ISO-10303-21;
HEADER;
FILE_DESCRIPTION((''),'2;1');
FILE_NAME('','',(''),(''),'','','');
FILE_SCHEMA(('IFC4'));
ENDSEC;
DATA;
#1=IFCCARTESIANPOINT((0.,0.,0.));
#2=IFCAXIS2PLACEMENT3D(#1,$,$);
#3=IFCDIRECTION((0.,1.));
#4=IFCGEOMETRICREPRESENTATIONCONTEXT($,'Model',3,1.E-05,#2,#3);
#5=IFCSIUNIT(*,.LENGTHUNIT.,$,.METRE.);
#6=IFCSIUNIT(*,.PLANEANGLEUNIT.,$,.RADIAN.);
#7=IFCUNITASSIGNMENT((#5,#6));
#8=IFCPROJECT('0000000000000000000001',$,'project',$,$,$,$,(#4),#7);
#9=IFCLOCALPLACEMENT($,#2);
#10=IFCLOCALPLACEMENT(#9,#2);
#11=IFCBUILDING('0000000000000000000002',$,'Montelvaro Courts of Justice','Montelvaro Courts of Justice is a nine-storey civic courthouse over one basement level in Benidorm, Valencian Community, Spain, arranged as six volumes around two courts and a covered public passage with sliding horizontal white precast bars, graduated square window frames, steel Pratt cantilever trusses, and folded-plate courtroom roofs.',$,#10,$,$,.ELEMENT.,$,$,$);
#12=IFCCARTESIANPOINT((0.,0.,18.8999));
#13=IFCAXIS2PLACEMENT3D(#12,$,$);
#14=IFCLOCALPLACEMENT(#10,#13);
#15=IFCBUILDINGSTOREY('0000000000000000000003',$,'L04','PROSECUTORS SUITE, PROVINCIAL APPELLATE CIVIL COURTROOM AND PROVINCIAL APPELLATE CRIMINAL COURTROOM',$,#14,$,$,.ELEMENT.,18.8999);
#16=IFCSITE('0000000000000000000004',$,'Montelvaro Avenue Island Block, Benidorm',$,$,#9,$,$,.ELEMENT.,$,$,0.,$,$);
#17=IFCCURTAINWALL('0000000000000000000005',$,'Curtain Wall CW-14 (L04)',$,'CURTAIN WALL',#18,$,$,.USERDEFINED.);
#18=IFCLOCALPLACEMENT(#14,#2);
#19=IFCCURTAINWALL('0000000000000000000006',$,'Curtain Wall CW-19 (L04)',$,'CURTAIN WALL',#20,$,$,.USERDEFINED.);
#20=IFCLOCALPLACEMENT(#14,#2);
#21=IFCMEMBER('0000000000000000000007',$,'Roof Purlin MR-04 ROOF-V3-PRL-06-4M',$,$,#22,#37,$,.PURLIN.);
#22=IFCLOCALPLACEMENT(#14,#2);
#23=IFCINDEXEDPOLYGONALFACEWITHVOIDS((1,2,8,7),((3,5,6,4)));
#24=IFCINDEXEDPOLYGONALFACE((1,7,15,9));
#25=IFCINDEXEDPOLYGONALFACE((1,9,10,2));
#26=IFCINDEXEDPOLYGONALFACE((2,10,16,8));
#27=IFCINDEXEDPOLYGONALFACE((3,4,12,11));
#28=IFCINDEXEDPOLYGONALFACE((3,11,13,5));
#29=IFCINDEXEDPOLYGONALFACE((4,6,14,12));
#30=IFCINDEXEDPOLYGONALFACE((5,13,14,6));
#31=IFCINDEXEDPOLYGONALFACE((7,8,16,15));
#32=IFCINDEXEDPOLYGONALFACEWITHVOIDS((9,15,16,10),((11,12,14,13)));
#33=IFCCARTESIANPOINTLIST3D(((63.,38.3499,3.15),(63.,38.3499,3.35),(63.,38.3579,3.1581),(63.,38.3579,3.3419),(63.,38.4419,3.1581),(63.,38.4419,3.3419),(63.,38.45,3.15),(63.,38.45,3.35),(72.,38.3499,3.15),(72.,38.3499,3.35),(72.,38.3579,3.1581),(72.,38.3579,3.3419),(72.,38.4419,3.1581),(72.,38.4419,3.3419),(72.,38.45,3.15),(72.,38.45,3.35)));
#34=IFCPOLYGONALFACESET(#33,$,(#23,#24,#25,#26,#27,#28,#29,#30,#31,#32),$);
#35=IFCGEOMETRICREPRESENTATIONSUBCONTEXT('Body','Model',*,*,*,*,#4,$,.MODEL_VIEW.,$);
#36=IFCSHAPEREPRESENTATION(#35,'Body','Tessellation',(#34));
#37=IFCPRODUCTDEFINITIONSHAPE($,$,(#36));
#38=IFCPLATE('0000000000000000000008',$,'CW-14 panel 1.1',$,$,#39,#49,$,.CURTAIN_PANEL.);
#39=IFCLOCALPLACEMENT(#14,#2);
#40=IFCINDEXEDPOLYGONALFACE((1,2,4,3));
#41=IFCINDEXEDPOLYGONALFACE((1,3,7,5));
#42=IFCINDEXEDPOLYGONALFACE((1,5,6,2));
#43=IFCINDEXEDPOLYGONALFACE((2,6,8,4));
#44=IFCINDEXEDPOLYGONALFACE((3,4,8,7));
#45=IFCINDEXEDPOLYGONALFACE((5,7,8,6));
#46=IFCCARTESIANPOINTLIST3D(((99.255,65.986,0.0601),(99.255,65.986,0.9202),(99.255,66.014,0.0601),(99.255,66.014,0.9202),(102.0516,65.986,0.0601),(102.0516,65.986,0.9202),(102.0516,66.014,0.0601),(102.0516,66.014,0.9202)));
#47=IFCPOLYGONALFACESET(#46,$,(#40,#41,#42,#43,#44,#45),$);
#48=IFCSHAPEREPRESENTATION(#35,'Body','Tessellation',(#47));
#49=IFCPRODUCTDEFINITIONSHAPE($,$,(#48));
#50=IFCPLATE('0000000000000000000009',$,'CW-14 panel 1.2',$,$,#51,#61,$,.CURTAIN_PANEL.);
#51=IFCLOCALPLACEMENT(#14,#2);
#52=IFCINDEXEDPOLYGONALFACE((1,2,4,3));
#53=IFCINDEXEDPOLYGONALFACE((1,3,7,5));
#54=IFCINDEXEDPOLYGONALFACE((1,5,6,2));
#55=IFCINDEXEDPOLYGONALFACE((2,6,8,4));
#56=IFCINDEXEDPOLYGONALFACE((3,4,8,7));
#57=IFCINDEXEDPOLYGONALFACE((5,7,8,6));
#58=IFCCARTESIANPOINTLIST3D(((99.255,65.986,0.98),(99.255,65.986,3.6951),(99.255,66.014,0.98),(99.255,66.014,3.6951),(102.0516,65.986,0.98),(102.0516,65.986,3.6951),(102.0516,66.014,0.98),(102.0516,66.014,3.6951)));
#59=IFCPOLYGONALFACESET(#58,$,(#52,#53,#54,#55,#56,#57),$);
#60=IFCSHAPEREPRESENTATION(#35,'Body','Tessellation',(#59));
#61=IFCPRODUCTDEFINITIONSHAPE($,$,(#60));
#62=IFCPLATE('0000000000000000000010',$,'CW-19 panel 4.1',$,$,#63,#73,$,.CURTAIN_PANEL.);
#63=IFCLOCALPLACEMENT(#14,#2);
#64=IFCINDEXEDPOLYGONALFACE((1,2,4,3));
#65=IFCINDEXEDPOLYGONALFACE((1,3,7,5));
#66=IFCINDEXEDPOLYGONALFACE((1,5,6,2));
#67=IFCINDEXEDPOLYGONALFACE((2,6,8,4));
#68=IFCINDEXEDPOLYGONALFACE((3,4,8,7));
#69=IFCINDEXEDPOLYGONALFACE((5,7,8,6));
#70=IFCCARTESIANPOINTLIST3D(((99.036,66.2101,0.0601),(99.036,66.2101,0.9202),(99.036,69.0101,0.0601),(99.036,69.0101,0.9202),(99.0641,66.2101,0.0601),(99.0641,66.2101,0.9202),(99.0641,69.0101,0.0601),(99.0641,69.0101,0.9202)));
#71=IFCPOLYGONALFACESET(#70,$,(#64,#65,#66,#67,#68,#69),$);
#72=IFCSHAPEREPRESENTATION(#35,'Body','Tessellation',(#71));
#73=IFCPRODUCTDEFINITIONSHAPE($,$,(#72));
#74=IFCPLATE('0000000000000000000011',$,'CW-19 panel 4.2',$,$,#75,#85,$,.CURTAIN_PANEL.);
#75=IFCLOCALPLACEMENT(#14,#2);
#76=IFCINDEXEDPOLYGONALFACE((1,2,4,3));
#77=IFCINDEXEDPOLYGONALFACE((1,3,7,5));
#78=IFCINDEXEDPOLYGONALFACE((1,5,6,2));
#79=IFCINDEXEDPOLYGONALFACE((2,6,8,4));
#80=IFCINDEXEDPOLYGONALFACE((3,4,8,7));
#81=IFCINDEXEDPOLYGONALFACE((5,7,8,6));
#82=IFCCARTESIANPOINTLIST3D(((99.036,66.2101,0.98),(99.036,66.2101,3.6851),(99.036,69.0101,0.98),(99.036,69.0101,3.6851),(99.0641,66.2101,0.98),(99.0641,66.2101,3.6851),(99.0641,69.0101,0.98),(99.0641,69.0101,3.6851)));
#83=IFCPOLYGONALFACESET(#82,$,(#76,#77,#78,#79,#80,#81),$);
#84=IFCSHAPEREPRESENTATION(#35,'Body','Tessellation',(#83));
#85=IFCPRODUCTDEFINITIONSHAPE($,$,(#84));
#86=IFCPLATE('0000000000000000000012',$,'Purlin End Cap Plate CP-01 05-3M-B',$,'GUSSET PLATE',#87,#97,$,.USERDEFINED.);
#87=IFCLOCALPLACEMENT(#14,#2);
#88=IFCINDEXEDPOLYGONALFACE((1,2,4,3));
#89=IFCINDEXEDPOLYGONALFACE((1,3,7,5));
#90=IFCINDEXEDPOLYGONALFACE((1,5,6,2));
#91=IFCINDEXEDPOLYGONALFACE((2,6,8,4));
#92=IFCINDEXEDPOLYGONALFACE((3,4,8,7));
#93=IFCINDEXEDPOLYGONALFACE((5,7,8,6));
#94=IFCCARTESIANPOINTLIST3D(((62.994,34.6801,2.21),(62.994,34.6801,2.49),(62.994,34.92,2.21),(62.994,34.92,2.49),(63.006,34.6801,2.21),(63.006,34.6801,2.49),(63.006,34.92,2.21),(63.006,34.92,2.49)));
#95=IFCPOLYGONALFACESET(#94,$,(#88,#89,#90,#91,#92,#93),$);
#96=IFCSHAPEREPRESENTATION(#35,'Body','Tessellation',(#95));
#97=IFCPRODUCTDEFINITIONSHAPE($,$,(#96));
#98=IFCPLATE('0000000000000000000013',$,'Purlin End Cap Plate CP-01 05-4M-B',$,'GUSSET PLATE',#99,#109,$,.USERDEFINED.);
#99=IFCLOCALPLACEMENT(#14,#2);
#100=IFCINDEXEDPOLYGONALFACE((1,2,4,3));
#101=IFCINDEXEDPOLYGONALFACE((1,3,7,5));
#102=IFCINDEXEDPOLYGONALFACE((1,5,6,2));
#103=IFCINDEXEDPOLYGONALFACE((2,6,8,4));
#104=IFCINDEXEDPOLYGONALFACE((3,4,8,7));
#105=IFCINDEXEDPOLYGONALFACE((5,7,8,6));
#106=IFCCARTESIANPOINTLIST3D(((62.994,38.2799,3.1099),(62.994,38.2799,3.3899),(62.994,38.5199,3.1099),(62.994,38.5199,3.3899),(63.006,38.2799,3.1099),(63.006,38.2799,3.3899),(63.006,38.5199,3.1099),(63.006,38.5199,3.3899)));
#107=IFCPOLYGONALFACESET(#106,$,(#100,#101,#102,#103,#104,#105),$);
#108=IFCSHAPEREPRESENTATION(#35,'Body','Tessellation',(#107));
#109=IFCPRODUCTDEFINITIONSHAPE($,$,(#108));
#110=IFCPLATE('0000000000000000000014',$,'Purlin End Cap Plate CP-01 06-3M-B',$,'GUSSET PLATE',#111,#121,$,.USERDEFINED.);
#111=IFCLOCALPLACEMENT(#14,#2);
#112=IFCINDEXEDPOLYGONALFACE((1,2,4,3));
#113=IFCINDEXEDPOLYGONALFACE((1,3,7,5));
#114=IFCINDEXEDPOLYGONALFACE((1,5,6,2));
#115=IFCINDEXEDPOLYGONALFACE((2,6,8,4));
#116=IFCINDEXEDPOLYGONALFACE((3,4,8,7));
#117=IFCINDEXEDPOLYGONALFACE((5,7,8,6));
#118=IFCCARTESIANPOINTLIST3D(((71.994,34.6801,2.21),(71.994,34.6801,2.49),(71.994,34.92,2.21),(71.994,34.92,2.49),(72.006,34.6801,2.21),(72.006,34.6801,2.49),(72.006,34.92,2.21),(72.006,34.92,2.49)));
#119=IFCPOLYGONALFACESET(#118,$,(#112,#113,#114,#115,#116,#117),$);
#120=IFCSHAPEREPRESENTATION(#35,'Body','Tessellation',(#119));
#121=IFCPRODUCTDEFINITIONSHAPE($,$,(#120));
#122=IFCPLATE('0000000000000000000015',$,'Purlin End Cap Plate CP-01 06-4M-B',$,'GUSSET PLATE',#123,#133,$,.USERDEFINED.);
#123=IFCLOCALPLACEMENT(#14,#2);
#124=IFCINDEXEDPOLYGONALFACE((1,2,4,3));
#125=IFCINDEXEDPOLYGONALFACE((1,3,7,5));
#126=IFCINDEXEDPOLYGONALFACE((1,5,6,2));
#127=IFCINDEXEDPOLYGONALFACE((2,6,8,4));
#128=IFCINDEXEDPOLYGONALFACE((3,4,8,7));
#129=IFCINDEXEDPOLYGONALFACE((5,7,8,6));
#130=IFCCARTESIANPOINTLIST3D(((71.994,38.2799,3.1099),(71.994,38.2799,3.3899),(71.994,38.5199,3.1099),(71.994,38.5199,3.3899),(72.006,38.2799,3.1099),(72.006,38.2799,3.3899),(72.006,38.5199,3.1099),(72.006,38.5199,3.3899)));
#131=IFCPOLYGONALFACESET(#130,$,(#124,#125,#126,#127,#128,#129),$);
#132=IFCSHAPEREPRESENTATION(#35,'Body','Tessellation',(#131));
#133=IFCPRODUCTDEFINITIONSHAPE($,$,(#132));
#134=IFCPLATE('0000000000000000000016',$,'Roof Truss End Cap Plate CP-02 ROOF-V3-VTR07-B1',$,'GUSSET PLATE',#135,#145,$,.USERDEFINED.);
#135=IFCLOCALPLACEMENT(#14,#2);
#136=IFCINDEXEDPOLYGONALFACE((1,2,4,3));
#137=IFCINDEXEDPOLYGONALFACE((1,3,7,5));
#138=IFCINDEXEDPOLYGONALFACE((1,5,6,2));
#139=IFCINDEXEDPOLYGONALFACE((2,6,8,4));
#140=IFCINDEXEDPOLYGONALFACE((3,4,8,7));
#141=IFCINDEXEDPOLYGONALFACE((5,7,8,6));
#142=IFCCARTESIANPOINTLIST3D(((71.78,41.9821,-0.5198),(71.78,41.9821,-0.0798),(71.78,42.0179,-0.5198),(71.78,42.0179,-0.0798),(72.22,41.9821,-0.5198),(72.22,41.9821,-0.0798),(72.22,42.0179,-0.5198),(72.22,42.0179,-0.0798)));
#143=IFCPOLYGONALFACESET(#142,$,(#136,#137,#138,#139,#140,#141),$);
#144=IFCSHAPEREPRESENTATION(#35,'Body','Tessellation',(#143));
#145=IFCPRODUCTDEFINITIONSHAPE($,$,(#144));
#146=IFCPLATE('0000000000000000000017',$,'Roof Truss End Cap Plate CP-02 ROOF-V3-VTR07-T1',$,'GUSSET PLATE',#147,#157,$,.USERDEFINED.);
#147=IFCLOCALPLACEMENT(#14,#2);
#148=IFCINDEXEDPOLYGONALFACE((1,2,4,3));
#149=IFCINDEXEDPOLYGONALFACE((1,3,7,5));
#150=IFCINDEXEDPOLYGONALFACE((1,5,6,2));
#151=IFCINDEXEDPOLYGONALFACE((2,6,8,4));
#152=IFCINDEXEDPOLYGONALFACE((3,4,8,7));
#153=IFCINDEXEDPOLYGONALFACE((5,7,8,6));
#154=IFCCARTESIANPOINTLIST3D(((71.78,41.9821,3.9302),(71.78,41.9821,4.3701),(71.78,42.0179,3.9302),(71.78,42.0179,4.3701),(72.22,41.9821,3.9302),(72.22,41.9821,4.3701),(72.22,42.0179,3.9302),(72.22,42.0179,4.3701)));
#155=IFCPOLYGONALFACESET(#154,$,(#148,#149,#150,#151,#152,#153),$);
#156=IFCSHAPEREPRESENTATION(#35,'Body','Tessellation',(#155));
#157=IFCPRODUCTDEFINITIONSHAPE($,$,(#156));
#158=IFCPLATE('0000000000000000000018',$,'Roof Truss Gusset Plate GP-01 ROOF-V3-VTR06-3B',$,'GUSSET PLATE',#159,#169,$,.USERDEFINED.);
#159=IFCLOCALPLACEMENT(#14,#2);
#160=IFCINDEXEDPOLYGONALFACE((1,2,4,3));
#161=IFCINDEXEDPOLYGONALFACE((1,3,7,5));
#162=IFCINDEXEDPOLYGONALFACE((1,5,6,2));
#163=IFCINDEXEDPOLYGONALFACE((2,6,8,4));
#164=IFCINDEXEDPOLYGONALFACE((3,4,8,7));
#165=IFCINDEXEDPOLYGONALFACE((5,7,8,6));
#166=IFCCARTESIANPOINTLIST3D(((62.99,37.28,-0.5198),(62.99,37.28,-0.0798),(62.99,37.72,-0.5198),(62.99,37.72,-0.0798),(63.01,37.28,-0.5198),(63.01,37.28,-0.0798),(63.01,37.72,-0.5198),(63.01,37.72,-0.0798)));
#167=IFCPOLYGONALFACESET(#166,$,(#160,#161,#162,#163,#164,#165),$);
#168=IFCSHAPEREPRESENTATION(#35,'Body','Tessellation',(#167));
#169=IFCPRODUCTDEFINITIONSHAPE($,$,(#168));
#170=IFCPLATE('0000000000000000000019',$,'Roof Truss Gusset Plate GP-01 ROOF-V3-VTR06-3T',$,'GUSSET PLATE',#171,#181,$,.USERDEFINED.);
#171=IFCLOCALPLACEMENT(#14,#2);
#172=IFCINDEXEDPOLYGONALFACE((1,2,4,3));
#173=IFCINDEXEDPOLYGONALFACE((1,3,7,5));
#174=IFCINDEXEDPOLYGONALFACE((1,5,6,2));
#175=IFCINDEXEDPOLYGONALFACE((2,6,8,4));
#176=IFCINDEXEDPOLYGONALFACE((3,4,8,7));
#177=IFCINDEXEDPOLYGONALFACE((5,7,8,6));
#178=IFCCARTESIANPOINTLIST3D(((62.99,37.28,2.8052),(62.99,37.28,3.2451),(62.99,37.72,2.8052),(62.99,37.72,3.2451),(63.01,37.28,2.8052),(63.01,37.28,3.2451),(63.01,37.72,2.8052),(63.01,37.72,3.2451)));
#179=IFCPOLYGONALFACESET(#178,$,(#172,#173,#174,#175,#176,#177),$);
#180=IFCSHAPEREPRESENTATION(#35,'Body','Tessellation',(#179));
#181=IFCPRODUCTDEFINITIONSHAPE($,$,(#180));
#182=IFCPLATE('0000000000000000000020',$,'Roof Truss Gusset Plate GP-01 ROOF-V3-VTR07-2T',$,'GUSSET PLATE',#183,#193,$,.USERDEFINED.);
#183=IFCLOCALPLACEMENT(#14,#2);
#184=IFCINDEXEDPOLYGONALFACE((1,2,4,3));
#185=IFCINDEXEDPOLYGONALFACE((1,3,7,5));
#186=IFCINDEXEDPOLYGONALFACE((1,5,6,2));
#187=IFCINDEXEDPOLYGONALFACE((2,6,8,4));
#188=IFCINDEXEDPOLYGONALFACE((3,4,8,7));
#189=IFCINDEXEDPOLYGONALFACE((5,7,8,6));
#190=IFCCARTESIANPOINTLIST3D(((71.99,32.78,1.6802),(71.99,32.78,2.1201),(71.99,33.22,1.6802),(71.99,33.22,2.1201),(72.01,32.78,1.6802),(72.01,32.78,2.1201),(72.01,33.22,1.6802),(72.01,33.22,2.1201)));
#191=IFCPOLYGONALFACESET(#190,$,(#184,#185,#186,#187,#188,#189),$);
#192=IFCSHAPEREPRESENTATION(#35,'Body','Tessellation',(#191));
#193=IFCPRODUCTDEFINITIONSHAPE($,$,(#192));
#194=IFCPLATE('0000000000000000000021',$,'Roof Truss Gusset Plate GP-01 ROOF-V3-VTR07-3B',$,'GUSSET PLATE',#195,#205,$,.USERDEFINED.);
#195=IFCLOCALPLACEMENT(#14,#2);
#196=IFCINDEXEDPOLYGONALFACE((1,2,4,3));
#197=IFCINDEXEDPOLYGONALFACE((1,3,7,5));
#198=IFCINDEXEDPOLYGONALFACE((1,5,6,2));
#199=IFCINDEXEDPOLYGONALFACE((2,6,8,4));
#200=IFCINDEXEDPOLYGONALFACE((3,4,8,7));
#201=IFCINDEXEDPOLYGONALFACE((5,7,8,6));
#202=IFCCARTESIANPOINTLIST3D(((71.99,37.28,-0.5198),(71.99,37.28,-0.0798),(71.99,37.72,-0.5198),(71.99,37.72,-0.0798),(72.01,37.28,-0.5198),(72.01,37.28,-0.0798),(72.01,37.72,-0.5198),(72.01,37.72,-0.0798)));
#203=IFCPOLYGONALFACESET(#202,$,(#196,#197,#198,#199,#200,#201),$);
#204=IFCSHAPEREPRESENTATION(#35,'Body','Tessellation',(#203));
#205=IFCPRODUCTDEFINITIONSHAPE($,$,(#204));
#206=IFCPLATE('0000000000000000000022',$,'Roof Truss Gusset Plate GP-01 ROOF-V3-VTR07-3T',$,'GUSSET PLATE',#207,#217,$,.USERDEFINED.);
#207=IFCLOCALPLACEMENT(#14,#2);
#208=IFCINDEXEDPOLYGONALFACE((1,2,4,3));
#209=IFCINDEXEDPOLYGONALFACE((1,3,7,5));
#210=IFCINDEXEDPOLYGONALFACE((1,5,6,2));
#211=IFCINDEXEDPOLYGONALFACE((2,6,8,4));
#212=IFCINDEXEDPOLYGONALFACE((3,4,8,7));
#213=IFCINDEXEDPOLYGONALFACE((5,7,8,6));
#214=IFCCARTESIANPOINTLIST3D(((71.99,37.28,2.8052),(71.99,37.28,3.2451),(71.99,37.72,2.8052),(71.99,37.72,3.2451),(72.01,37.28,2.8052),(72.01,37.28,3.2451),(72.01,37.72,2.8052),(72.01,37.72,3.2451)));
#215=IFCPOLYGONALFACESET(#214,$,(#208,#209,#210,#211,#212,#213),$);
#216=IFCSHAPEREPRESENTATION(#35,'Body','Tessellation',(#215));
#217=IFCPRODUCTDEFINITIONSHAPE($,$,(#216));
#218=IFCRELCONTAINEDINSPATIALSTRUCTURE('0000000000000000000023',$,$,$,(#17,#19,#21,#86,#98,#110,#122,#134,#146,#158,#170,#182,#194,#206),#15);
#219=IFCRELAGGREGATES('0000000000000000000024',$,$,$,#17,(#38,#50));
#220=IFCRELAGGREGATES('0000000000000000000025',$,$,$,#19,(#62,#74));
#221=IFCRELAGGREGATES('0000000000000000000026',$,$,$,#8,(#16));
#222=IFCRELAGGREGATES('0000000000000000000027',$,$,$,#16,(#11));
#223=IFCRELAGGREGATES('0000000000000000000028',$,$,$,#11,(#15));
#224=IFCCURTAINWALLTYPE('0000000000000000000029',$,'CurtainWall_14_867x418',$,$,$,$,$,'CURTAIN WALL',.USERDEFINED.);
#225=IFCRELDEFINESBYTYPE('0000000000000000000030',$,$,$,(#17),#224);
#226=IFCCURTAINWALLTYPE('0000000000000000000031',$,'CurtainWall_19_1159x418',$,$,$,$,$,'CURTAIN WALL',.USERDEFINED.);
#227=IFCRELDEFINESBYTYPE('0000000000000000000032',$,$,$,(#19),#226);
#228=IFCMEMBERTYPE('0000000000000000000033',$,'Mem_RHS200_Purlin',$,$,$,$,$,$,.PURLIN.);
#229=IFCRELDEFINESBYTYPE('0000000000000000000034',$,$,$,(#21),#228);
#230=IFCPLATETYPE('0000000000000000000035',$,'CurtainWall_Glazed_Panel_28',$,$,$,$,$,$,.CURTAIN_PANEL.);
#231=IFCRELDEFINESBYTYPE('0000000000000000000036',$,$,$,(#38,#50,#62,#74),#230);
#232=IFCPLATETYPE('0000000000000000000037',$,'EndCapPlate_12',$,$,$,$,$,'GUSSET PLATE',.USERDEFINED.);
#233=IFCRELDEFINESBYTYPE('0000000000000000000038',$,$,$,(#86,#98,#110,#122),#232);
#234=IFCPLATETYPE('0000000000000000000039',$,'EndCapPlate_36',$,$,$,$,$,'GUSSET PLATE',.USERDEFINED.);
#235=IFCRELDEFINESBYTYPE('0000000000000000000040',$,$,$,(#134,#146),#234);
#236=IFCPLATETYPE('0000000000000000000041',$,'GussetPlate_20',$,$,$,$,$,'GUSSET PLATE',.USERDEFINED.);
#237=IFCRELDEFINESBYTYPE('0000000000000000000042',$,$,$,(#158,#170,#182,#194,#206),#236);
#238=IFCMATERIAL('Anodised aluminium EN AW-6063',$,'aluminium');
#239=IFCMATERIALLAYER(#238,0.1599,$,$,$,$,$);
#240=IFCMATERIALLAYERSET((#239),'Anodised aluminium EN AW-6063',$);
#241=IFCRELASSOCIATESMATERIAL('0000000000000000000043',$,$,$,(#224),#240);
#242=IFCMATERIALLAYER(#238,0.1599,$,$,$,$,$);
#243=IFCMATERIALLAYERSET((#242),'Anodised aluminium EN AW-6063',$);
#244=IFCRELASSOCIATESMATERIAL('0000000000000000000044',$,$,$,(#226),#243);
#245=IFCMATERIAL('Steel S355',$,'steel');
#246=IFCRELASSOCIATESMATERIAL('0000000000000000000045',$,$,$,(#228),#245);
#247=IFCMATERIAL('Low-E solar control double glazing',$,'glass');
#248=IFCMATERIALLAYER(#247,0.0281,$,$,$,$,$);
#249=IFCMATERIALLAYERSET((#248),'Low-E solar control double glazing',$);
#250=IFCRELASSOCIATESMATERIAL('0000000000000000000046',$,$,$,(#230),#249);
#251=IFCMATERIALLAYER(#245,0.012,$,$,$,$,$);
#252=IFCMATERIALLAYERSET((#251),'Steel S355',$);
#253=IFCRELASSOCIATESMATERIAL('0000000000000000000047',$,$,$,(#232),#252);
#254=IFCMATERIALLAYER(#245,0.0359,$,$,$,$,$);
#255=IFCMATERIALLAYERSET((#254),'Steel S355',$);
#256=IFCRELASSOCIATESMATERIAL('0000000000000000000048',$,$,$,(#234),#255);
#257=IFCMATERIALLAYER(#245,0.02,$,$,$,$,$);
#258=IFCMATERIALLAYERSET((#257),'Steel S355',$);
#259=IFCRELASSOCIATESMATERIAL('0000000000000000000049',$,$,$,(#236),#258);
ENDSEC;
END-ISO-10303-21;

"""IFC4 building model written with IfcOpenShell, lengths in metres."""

from ifc_helpers import new_model, si_unit, direction, frame, origin, origin_2d, place, context, subcontext, project, spatial, rectangle, hollow_rectangle, extrude, material, layer, layer_set, material_profile, profile_set, type_object, element, aggregate, save


model = new_model("IFC4")

# Units and contexts
model_context = context("Model", 3, precision=1e-05, world=origin(), true_north=direction((0.0, 1.0)))
body_context = subcontext(model_context, "Body", "Model", "MODEL_VIEW")
ifc_project = project(units=[si_unit("LENGTHUNIT", "METRE"), si_unit("PLANEANGLEUNIT", "RADIAN")], contexts=[model_context])

# Site, building, storey
site_placement = place(None, origin())
site = spatial("IfcSite", under=ifc_project, at=site_placement, Name="Montelvaro Avenue Island Block, Benidorm", CompositionType="ELEMENT", RefElevation=0.0)
building_placement = place(site_placement, origin())
building = spatial("IfcBuilding", under=site, at=building_placement, Name="Montelvaro Courts of Justice", Description="Montelvaro Courts of Justice is a nine-storey civic courthouse over one basement level in Benidorm, Valencian Community, Spain, arranged as six volumes around two courts and a covered public passage with sliding horizontal white precast bars, graduated square window frames, steel Pratt cantilever trusses, and folded-plate courtroom roofs.", CompositionType="ELEMENT")
storey_placement = place(building_placement, frame((0.0, 0.0, 18.8999)))
storey = spatial("IfcBuildingStorey", under=building, at=storey_placement, Name="L04", Description="PROSECUTORS SUITE, PROVINCIAL APPELLATE CIVIL COURTROOM AND PROVINCIAL APPELLATE CRIMINAL COURTROOM", CompositionType="ELEMENT", Elevation=18.8999)

# Shared definitions
ifc_material_1 = material(Name="Steel S355", Category="steel")

# Curtain walls
ifc_material_2 = material(Name="Anodised aluminium EN AW-6063", Category="aluminium")
ifc_layer_1 = layer(ifc_material_2, 0.1599)
ifc_layer_set_1 = layer_set([ifc_layer_1], Name="Anodised aluminium EN AW-6063")
curtain_wall_type_1 = type_object("IfcCurtainWallType", Name="CurtainWall_14_867x418", ElementType="CURTAIN WALL", PredefinedType="USERDEFINED", material=ifc_layer_set_1)
curtain_wall_1_placement = place(storey_placement, origin())
curtain_wall_1 = element("IfcCurtainWall", 1, at=curtain_wall_1_placement, inside=storey, type_object=curtain_wall_type_1, Name="Curtain Wall CW-14 (L04)", ObjectType="CURTAIN WALL", PredefinedType="USERDEFINED")
ifc_layer_2 = layer(ifc_material_2, 0.1599)
ifc_layer_set_2 = layer_set([ifc_layer_2], Name="Anodised aluminium EN AW-6063")
curtain_wall_type_2 = type_object("IfcCurtainWallType", Name="CurtainWall_19_1159x418", ElementType="CURTAIN WALL", PredefinedType="USERDEFINED", material=ifc_layer_set_2)
curtain_wall_2_placement = place(storey_placement, origin())
curtain_wall_2 = element("IfcCurtainWall", 2, at=curtain_wall_2_placement, inside=storey, type_object=curtain_wall_type_2, Name="Curtain Wall CW-19 (L04)", ObjectType="CURTAIN WALL", PredefinedType="USERDEFINED")

# Member
ifc_material_profile_1 = material_profile(ifc_material_1, hollow_rectangle(XDim=0.1001, YDim=0.2, WallThickness=0.0081, at=origin_2d()), Name="RHS 200x100x8")
ifc_profile_set_1 = profile_set([ifc_material_profile_1], Name="Steel S355")
member_type_1 = type_object("IfcMemberType", Name="Mem_RHS200_Purlin", PredefinedType="PURLIN", material=ifc_profile_set_1)
member_1_placement = place(storey_placement, frame((63.0, 38.3999, 3.25), z_axis=(1.0, 0.0, 0.0), x_axis=(0.0, 1.0, 0.0)))
element("IfcMember", 3, at=member_1_placement, inside=storey, type_object=member_type_1, Name="Roof Purlin MR-04 ROOF-V3-PRL-06-4M", PredefinedType="PURLIN", context=body_context, shape_type="SweptSolid", body=[
    extrude(hollow_rectangle(XDim=0.1001, YDim=0.2, WallThickness=0.0081, at=origin_2d()), origin(), (0.0, 0.0, 1.0), 9.0),
])

# Plates
ifc_material_3 = material(Name="Low-E solar control double glazing", Category="glass")
ifc_layer_3 = layer(ifc_material_3, 0.0281)
ifc_layer_set_3 = layer_set([ifc_layer_3], Name="Low-E solar control double glazing")
plate_type_1 = type_object("IfcPlateType", Name="CurtainWall_Glazed_Panel_28", PredefinedType="CURTAIN_PANEL", material=ifc_layer_set_3)
plate_1_placement = place(storey_placement, frame((100.6533, 66.0, 0.0601), z_axis=(0.0, 0.0, 1.0), x_axis=(1.0, 0.0, 0.0)))
plate_1 = element("IfcPlate", 4, at=plate_1_placement, type_object=plate_type_1, Name="CW-14 panel 1.1", PredefinedType="CURTAIN_PANEL", context=body_context, shape_type="SweptSolid", body=[
    extrude(rectangle(XDim=2.7966, YDim=0.0281, at=origin_2d()), origin(), (0.0, 0.0, 1.0), 0.8601),
])
plate_2_placement = place(storey_placement, frame((100.6533, 66.0, 0.98), z_axis=(0.0, 0.0, 1.0), x_axis=(1.0, 0.0, 0.0)))
plate_2 = element("IfcPlate", 5, at=plate_2_placement, type_object=plate_type_1, Name="CW-14 panel 1.2", PredefinedType="CURTAIN_PANEL", context=body_context, shape_type="SweptSolid", body=[
    extrude(rectangle(XDim=2.7966, YDim=0.0281, at=origin_2d()), origin(), (0.0, 0.0, 1.0), 2.7151),
])
aggregate(curtain_wall_1, [plate_1, plate_2])
plate_3_placement = place(storey_placement, frame((99.05, 67.6101, 0.0601), z_axis=(0.0, 0.0, 1.0), x_axis=(0.0, -1.0, 0.0)))
plate_3 = element("IfcPlate", 6, at=plate_3_placement, type_object=plate_type_1, Name="CW-19 panel 4.1", PredefinedType="CURTAIN_PANEL", context=body_context, shape_type="SweptSolid", body=[
    extrude(rectangle(XDim=2.8, YDim=0.0281, at=origin_2d()), origin(), (0.0, 0.0, 1.0), 0.8601),
])
plate_4_placement = place(storey_placement, frame((99.05, 67.6101, 0.98), z_axis=(0.0, 0.0, 1.0), x_axis=(0.0, -1.0, 0.0)))
plate_4 = element("IfcPlate", 7, at=plate_4_placement, type_object=plate_type_1, Name="CW-19 panel 4.2", PredefinedType="CURTAIN_PANEL", context=body_context, shape_type="SweptSolid", body=[
    extrude(rectangle(XDim=2.8, YDim=0.0281, at=origin_2d()), origin(), (0.0, 0.0, 1.0), 2.7051),
])
aggregate(curtain_wall_2, [plate_3, plate_4])

# Plates
ifc_layer_4 = layer(ifc_material_1, 0.012)
ifc_layer_set_4 = layer_set([ifc_layer_4], Name="Steel S355")
plate_type_2 = type_object("IfcPlateType", Name="EndCapPlate_12", ElementType="GUSSET PLATE", PredefinedType="USERDEFINED", material=ifc_layer_set_4)
for number, where, z_axis, x_axis, name in (
    (8, (63.0, 34.8, 2.21), (0.0, 0.0, 1.0), (1.0, 0.0, 0.0), "Purlin End Cap Plate CP-01 05-3M-B"),
    (9, (63.0, 38.3999, 3.1099), (0.0, 0.0, 1.0), (1.0, 0.0, 0.0), "Purlin End Cap Plate CP-01 05-4M-B"),
    (10, (72.0, 34.8, 2.21), (0.0, 0.0, 1.0), (1.0, 0.0, 0.0), "Purlin End Cap Plate CP-01 06-3M-B"),
    (11, (72.0, 38.3999, 3.1099), (0.0, 0.0, 1.0), (1.0, 0.0, 0.0), "Purlin End Cap Plate CP-01 06-4M-B"),
):
    element("IfcPlate", number, at=place(storey_placement, frame(where, z_axis=z_axis, x_axis=x_axis)), inside=storey, type_object=plate_type_2, Name=name, ObjectType="GUSSET PLATE", PredefinedType="USERDEFINED", context=body_context, shape_type="SweptSolid", body=[
        extrude(rectangle(XDim=0.012, YDim=0.24, at=origin_2d()), origin(), (0.0, 0.0, 1.0), 0.28),
    ])
ifc_layer_5 = layer(ifc_material_1, 0.0359)
ifc_layer_set_5 = layer_set([ifc_layer_5], Name="Steel S355")
plate_type_3 = type_object("IfcPlateType", Name="EndCapPlate_36", ElementType="GUSSET PLATE", PredefinedType="USERDEFINED", material=ifc_layer_set_5)
for number, where, z_axis, x_axis, name in (
    (12, (72.0, 42.0, -0.5198), (0.0, 0.0, 1.0), (1.0, 0.0, 0.0), "Roof Truss End Cap Plate CP-02 ROOF-V3-VTR07-B1"),
    (13, (72.0, 42.0, 3.9302), (0.0, 0.0, 1.0), (1.0, 0.0, 0.0), "Roof Truss End Cap Plate CP-02 ROOF-V3-VTR07-T1"),
):
    element("IfcPlate", number, at=place(storey_placement, frame(where, z_axis=z_axis, x_axis=x_axis)), inside=storey, type_object=plate_type_3, Name=name, ObjectType="GUSSET PLATE", PredefinedType="USERDEFINED", context=body_context, shape_type="SweptSolid", body=[
        extrude(rectangle(XDim=0.4399, YDim=0.0359, at=origin_2d()), origin(), (0.0, 0.0, 1.0), 0.4399),
    ])
ifc_layer_6 = layer(ifc_material_1, 0.02)
ifc_layer_set_6 = layer_set([ifc_layer_6], Name="Steel S355")
plate_type_4 = type_object("IfcPlateType", Name="GussetPlate_20", ElementType="GUSSET PLATE", PredefinedType="USERDEFINED", material=ifc_layer_set_6)
for number, where, z_axis, x_axis, name in (
    (14, (63.0, 37.5, -0.5198), (0.0, 0.0, 1.0), (1.0, 0.0, 0.0), "Roof Truss Gusset Plate GP-01 ROOF-V3-VTR06-3B"),
    (15, (63.0, 37.5, 2.8052), (0.0, 0.0, 1.0), (1.0, 0.0, 0.0), "Roof Truss Gusset Plate GP-01 ROOF-V3-VTR06-3T"),
    (16, (72.0, 33.0, 1.6802), (0.0, 0.0, 1.0), (1.0, 0.0, 0.0), "Roof Truss Gusset Plate GP-01 ROOF-V3-VTR07-2T"),
    (17, (72.0, 37.5, -0.5198), (0.0, 0.0, 1.0), (1.0, 0.0, 0.0), "Roof Truss Gusset Plate GP-01 ROOF-V3-VTR07-3B"),
    (18, (72.0, 37.5, 2.8052), (0.0, 0.0, 1.0), (1.0, 0.0, 0.0), "Roof Truss Gusset Plate GP-01 ROOF-V3-VTR07-3T"),
):
    element("IfcPlate", number, at=place(storey_placement, frame(where, z_axis=z_axis, x_axis=x_axis)), inside=storey, type_object=plate_type_4, Name=name, ObjectType="GUSSET PLATE", PredefinedType="USERDEFINED", context=body_context, shape_type="SweptSolid", body=[
        extrude(rectangle(XDim=0.02, YDim=0.4399, at=origin_2d()), origin(), (0.0, 0.0, 1.0), 0.4399),
    ])

save(model, "model.ifc")
